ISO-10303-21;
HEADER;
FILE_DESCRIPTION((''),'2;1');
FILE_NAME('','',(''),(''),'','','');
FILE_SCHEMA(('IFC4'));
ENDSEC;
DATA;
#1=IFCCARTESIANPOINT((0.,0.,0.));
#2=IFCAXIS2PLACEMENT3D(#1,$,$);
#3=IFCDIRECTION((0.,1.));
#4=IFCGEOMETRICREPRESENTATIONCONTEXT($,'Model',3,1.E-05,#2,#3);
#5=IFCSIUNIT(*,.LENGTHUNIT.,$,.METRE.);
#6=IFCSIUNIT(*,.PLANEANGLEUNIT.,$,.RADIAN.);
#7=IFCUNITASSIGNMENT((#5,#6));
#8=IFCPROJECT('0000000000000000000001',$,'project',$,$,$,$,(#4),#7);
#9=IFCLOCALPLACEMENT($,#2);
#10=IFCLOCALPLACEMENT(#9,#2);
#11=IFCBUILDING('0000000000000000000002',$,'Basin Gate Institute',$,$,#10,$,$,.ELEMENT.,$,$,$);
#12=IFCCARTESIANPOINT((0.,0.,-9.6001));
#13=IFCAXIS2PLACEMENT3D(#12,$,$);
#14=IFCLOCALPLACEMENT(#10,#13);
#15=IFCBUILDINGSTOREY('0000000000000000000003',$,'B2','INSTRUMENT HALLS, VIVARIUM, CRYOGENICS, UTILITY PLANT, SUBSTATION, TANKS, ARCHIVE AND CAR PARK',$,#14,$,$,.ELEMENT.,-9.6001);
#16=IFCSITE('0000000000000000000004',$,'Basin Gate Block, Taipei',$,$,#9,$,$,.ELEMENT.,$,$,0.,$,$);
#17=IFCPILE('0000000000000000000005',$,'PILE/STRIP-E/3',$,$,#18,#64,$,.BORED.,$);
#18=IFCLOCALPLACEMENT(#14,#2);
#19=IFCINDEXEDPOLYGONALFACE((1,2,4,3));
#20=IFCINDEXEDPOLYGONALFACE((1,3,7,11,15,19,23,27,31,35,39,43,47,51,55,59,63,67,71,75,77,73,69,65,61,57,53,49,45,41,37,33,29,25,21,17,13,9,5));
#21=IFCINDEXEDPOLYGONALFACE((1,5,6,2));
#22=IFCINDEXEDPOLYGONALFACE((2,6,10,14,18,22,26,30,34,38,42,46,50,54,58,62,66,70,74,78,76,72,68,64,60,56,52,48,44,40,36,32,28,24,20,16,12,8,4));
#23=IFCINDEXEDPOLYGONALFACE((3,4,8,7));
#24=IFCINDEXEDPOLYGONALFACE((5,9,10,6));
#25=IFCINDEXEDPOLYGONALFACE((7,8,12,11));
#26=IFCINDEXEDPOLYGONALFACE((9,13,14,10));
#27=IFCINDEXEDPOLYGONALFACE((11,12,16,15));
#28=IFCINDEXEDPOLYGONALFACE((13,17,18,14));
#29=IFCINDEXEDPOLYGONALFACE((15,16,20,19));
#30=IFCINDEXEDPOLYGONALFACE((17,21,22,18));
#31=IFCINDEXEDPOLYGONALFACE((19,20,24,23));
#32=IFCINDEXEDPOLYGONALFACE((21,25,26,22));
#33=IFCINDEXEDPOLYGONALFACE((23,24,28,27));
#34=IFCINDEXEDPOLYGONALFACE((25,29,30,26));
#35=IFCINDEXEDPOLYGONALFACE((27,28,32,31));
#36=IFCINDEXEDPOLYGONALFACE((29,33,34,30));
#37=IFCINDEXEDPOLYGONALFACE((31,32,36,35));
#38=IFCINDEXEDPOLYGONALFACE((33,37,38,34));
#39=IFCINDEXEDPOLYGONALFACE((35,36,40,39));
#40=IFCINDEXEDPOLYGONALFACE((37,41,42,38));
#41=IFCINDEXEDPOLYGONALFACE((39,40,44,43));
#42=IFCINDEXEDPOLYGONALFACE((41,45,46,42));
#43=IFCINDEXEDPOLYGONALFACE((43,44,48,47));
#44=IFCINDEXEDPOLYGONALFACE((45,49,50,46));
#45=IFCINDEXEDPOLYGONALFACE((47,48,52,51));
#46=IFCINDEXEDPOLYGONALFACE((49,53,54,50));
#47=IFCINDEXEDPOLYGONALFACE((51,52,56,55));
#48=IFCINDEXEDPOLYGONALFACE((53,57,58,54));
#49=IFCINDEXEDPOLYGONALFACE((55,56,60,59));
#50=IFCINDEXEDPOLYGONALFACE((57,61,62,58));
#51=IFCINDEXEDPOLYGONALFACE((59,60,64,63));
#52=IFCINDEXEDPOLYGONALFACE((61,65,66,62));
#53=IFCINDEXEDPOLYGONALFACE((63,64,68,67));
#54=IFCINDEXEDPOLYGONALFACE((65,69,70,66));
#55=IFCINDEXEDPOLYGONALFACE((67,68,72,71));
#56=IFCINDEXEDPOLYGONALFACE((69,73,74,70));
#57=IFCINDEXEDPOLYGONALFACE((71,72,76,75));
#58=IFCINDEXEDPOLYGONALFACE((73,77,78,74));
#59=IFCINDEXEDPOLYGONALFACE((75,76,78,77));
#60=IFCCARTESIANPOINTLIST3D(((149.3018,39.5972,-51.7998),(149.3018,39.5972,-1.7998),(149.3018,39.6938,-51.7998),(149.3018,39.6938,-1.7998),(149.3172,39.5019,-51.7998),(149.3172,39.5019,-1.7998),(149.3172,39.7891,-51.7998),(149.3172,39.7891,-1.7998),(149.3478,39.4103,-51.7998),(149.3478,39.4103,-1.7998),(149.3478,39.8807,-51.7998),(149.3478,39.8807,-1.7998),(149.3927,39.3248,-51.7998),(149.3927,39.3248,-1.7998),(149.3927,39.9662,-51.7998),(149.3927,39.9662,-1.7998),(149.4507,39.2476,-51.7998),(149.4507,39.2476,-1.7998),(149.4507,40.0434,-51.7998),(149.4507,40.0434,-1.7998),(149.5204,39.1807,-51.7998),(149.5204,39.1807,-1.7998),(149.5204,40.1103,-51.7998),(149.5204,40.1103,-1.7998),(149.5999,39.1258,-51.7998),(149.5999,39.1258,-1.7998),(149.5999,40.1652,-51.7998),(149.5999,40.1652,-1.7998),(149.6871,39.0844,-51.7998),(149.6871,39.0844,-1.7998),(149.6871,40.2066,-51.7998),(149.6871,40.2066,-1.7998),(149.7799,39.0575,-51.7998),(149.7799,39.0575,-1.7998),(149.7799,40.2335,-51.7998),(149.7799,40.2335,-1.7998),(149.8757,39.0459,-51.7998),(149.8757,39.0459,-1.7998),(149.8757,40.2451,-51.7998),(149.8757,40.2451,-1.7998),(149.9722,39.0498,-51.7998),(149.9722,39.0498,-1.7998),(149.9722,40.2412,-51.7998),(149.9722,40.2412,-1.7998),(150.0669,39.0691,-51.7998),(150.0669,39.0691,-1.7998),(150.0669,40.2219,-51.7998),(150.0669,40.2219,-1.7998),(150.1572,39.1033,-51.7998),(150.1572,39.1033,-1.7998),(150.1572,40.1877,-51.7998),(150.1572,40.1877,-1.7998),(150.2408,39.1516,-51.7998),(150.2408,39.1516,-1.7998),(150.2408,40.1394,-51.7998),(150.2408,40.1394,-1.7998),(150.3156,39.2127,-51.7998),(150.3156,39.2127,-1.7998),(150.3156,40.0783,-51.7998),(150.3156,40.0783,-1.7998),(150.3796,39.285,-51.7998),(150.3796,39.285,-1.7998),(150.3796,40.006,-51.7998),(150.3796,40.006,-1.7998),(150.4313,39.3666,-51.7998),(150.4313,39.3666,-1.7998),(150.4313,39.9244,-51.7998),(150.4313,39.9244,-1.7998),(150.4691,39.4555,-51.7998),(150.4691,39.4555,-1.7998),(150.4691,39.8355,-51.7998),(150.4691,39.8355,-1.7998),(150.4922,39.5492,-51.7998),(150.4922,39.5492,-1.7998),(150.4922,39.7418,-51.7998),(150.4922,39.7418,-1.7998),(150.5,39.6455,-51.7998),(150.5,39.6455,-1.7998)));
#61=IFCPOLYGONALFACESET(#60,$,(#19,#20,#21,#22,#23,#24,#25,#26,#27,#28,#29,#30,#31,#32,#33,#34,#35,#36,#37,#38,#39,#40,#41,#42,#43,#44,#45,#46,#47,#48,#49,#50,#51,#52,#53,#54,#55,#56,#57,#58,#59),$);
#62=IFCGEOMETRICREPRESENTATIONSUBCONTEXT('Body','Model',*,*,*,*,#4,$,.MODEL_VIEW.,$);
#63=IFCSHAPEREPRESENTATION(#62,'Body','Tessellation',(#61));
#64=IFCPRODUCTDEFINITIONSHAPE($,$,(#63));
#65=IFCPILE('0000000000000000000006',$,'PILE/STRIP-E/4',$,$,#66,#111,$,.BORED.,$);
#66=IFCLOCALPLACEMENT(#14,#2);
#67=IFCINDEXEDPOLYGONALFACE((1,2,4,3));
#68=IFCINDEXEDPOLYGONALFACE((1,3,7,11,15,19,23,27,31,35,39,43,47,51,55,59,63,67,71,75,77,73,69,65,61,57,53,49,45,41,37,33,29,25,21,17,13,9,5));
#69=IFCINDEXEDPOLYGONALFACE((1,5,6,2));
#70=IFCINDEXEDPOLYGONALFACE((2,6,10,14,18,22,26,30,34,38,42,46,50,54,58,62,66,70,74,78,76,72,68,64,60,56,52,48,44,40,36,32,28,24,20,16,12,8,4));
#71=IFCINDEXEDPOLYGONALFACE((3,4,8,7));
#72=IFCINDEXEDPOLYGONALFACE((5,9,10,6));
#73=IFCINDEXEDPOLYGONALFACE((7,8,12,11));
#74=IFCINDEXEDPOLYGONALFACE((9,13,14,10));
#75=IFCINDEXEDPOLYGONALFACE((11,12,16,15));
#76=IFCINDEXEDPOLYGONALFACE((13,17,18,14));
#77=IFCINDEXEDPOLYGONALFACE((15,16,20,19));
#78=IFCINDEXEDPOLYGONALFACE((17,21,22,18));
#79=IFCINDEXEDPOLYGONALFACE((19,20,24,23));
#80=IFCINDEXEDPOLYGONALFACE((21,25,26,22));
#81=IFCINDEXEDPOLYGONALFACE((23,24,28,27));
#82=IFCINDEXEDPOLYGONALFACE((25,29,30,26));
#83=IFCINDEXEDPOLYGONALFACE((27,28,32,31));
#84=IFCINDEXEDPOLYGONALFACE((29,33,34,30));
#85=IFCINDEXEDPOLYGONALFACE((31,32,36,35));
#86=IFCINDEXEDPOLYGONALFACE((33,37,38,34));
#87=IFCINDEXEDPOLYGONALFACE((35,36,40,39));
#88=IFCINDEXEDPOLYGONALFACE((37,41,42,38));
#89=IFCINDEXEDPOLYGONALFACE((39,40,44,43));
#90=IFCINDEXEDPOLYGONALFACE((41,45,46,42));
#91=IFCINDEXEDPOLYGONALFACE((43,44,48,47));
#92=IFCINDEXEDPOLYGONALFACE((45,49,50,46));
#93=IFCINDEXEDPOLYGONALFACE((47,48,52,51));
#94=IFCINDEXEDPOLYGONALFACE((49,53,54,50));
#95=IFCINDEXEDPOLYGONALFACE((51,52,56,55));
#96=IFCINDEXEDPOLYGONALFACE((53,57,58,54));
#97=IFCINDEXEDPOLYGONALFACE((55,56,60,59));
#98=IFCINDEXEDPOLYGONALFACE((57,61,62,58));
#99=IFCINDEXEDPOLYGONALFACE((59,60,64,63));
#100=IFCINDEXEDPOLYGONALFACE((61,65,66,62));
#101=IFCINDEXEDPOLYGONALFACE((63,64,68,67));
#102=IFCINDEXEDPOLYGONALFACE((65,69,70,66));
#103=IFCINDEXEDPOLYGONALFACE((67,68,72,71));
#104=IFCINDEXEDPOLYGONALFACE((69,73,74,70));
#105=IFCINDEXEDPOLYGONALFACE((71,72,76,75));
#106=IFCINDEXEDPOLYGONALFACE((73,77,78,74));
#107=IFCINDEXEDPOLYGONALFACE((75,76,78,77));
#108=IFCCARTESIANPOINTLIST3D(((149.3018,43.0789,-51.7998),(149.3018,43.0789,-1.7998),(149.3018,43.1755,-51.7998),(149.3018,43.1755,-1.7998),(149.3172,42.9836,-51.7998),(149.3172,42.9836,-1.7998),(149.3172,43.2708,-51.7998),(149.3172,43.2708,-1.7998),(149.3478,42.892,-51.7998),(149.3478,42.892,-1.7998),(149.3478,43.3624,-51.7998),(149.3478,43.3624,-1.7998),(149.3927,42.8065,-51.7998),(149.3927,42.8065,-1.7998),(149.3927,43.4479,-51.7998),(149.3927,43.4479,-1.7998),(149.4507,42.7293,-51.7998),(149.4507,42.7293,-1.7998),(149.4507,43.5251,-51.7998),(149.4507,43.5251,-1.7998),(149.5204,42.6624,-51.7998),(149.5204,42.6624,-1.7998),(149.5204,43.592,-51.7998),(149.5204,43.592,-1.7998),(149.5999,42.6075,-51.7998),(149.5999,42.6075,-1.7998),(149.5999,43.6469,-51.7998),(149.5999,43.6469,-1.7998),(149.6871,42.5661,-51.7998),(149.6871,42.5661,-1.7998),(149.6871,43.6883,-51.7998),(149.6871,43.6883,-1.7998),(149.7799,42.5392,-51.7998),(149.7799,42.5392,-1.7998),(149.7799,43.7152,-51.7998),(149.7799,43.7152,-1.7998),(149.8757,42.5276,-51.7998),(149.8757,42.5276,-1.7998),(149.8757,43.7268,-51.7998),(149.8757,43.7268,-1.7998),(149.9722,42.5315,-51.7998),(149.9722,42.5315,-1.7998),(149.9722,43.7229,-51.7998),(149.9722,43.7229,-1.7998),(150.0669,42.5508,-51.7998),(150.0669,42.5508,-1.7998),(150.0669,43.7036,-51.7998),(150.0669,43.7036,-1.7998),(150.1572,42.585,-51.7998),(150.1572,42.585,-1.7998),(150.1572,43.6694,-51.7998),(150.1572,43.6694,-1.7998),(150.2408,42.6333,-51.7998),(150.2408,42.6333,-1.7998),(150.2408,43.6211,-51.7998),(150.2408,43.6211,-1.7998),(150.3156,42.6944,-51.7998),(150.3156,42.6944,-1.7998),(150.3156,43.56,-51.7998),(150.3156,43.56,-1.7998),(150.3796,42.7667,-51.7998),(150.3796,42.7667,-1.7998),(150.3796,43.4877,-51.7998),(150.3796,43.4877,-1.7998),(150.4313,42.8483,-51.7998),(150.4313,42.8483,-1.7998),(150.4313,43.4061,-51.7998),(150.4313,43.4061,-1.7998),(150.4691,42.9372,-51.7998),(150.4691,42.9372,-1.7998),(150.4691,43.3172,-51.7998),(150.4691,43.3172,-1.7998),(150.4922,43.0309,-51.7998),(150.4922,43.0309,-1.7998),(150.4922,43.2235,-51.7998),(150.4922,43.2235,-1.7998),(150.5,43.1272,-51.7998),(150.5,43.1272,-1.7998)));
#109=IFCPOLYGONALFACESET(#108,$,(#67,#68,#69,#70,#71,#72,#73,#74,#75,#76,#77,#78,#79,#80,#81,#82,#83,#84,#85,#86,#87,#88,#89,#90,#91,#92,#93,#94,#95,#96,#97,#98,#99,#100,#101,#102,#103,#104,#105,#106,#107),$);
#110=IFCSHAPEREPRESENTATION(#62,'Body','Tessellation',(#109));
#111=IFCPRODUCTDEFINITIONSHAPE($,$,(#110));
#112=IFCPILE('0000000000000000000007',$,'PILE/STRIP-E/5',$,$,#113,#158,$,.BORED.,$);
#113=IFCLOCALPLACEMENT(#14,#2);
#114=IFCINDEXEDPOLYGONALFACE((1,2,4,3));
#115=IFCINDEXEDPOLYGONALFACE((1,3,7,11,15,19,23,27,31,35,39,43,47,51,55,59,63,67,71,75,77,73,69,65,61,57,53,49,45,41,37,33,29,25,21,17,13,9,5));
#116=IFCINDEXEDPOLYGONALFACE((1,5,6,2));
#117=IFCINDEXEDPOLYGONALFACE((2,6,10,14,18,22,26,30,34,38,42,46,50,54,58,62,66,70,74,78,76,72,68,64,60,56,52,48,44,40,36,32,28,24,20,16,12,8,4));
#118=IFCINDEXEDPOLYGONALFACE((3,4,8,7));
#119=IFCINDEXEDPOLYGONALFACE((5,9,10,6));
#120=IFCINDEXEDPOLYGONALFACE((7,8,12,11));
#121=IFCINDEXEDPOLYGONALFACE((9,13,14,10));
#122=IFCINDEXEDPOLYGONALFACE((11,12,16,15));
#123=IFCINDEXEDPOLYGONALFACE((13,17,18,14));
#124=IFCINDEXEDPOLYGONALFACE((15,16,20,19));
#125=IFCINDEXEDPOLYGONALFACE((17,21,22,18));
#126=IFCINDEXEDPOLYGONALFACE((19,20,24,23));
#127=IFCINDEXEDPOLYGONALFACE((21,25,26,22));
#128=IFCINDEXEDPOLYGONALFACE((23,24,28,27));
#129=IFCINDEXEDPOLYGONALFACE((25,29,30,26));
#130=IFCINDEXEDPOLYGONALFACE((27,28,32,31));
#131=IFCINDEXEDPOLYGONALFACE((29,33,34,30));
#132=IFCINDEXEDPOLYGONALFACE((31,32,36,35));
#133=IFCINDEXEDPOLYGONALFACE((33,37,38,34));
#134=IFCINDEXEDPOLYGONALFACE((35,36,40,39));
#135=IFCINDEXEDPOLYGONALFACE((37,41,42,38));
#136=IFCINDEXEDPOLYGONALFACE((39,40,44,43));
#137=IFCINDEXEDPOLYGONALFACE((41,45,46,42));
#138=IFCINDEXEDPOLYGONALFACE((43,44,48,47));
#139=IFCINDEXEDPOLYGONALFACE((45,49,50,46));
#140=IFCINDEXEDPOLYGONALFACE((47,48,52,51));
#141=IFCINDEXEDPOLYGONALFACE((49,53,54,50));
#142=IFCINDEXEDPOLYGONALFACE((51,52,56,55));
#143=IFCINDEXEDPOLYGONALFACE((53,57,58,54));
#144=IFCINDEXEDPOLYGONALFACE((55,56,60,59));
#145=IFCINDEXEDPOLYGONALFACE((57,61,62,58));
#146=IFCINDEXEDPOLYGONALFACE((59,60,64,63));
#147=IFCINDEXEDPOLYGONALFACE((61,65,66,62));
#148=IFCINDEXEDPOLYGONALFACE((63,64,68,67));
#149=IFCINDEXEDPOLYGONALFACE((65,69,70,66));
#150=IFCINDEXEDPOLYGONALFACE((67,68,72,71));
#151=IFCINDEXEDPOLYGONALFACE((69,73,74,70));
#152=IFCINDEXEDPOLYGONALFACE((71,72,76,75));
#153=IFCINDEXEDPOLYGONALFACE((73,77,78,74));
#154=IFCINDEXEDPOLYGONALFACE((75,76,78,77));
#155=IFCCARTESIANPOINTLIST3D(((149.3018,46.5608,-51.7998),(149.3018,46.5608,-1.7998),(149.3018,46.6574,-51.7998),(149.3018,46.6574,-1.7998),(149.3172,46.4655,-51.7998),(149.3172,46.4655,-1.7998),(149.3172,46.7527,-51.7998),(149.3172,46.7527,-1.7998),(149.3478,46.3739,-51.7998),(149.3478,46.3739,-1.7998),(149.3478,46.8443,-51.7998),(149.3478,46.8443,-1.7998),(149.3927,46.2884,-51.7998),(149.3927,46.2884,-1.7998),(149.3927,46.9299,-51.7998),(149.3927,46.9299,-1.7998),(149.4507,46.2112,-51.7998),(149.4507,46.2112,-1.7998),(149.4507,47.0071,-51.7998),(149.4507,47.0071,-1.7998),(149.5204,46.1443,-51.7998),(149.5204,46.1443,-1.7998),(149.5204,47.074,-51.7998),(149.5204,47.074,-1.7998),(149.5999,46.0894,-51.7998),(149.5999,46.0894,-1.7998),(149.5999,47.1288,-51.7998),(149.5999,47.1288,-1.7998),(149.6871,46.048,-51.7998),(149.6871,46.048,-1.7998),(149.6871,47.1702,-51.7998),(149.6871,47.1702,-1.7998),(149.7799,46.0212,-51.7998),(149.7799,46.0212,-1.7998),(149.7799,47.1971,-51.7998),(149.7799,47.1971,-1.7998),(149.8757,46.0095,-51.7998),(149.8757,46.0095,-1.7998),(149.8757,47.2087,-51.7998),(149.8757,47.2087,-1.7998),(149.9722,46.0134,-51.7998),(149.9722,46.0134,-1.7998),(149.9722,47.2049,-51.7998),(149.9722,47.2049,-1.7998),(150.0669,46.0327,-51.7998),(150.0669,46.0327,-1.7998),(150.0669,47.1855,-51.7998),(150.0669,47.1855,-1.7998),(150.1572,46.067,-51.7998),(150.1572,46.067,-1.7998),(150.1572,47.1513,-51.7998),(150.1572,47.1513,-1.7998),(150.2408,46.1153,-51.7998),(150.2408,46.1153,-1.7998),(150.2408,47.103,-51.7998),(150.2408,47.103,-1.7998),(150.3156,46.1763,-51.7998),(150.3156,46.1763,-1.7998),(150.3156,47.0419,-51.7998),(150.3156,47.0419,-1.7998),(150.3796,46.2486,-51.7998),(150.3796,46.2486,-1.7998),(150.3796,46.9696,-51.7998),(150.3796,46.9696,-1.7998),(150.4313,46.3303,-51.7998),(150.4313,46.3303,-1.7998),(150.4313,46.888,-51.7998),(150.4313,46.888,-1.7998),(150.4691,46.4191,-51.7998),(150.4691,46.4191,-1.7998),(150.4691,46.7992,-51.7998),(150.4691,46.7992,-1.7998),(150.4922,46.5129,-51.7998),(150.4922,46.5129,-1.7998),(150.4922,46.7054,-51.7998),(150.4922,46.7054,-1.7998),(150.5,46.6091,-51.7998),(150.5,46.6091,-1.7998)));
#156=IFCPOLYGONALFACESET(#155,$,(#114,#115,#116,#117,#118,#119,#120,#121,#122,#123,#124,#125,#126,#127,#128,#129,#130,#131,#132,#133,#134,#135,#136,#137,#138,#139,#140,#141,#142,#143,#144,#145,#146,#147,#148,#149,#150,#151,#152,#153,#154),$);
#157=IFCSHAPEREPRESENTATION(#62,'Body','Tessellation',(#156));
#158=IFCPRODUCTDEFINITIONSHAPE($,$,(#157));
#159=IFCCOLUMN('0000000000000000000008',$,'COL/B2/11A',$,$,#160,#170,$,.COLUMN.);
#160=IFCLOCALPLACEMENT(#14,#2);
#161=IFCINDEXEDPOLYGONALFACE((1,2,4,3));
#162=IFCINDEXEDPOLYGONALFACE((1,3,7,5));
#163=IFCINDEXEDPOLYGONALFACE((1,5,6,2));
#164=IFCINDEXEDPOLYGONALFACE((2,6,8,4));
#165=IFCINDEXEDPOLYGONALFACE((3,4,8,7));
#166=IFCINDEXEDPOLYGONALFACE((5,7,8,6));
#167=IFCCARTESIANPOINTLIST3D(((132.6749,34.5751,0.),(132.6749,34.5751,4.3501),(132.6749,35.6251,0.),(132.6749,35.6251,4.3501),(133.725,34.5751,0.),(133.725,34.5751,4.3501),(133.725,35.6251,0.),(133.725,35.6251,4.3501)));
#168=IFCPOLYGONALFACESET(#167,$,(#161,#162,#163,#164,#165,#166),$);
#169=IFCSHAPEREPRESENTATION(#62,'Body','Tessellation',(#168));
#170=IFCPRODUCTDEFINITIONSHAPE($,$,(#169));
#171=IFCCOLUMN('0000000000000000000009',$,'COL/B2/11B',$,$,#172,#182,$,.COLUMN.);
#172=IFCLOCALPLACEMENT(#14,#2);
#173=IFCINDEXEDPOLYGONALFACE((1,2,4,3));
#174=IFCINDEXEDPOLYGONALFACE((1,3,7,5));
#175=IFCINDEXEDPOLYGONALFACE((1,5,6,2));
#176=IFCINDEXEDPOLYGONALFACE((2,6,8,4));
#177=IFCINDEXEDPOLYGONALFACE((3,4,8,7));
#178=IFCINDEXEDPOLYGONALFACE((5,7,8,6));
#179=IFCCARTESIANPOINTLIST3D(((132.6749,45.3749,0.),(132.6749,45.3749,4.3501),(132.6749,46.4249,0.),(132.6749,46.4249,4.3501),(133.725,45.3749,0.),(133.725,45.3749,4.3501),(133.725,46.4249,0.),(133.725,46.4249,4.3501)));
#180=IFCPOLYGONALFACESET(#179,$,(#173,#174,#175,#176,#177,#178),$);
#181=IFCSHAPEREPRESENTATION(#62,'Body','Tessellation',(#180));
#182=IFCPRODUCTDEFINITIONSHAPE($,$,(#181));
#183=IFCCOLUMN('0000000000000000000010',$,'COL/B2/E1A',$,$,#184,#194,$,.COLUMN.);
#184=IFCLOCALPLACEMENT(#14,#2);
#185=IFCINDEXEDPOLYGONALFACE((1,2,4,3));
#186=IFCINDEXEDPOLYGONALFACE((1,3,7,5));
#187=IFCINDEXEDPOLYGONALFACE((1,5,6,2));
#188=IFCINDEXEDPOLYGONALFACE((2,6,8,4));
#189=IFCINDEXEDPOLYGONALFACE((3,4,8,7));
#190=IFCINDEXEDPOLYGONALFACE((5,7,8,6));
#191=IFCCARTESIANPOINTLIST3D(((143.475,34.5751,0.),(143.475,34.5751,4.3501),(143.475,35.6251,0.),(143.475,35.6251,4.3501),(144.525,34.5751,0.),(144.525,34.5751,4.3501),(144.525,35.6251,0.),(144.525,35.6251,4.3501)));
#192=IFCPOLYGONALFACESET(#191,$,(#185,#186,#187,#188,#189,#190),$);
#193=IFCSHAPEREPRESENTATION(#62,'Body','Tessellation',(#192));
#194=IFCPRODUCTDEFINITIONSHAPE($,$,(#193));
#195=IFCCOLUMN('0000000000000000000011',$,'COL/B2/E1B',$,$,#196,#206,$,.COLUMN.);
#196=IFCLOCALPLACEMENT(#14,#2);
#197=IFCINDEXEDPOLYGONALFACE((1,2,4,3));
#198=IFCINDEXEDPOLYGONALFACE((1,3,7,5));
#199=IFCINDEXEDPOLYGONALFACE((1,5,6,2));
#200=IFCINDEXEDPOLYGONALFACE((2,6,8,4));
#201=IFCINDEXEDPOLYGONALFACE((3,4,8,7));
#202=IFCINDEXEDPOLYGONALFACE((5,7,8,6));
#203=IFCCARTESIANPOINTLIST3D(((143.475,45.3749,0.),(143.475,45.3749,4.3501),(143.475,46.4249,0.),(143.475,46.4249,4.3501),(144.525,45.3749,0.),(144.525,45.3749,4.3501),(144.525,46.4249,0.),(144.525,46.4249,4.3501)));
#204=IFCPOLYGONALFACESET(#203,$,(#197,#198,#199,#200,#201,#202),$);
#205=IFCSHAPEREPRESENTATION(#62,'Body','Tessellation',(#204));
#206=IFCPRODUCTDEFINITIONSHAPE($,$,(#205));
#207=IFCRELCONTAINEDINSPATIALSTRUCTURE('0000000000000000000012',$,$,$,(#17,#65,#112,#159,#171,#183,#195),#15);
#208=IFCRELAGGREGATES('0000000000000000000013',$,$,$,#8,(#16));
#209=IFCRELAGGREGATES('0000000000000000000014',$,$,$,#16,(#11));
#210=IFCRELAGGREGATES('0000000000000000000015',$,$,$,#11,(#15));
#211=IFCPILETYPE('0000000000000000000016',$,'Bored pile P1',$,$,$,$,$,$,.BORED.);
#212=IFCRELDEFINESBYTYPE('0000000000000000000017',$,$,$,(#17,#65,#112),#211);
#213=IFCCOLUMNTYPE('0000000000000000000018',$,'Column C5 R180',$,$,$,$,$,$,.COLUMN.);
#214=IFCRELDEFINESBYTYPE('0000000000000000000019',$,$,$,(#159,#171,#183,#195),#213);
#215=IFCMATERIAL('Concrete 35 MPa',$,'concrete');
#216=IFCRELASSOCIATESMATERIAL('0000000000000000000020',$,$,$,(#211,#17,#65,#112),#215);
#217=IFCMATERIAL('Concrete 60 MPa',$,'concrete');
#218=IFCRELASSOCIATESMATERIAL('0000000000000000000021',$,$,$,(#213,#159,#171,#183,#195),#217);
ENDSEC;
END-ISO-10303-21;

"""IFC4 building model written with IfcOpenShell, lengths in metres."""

from ifc_helpers import new_model, si_unit, direction, frame, origin, origin_2d, place, context, subcontext, project, spatial, rectangle, circle, extrude, material, material_profile, profile_set, type_object, element, save


model = new_model("IFC4")

# Units and contexts
model_context = context("Model", 3, precision=1e-05, world=origin(), true_north=direction((0.0, 1.0)))
body_context = subcontext(model_context, "Body", "Model", "MODEL_VIEW")
ifc_project = project(units=[si_unit("LENGTHUNIT", "METRE"), si_unit("PLANEANGLEUNIT", "RADIAN")], contexts=[model_context])

# Site, building, storey
site_placement = place(None, origin())
site = spatial("IfcSite", under=ifc_project, at=site_placement, Name="Basin Gate Block, Taipei", CompositionType="ELEMENT", RefElevation=0.0)
building_placement = place(site_placement, origin())
building = spatial("IfcBuilding", under=site, at=building_placement, Name="Basin Gate Institute", CompositionType="ELEMENT")
storey_placement = place(building_placement, frame((0.0, 0.0, -9.6001)))
storey = spatial("IfcBuildingStorey", under=building, at=storey_placement, Name="B2", Description="INSTRUMENT HALLS, VIVARIUM, CRYOGENICS, UTILITY PLANT, SUBSTATION, TANKS, ARCHIVE AND CAR PARK", CompositionType="ELEMENT", Elevation=-9.6001)

# Piles
ifc_material_1 = material(Name="Concrete 35 MPa", Category="concrete")
ifc_material_profile_1 = material_profile(ifc_material_1, circle(Radius=0.6001, at=origin_2d()), Name="Bored pile P1 1200 dia")
ifc_profile_set_1 = profile_set([ifc_material_profile_1], Name="Concrete 35 MPa")
pile_type = type_object("IfcPileType", Name="Bored pile P1", PredefinedType="BORED", material=ifc_profile_set_1)
for number, where, z_axis, x_axis, name in (
    (1, (149.8999, 39.6455, -1.7998), (0.0, 0.0, -1.0), (1.0, 0.0, 0.0), "PILE/STRIP-E/3"),
    (2, (149.8999, 43.1272, -1.7998), (0.0, 0.0, -1.0), (1.0, 0.0, 0.0), "PILE/STRIP-E/4"),
    (3, (149.8999, 46.6091, -1.7998), (0.0, 0.0, -1.0), (1.0, 0.0, 0.0), "PILE/STRIP-E/5"),
):
    element("IfcPile", number, at=place(storey_placement, frame(where, z_axis=z_axis, x_axis=x_axis)), inside=storey, type_object=pile_type, material=ifc_profile_set_1, Name=name, PredefinedType="BORED", context=body_context, shape_type="SweptSolid", body=[
        extrude(circle(Radius=0.6001, at=origin_2d()), origin(), (0.0, 0.0, 1.0), 50.0),
    ])

# Columns
ifc_material_2 = material(Name="Concrete 60 MPa", Category="concrete")
ifc_material_profile_2 = material_profile(ifc_material_2, rectangle(XDim=1.05, YDim=1.05, at=origin_2d()), Name="Column C5 1050 x 1050")
ifc_profile_set_2 = profile_set([ifc_material_profile_2], Name="Concrete 60 MPa")
column_type = type_object("IfcColumnType", Name="Column C5 R180", PredefinedType="COLUMN", material=ifc_profile_set_2)
for number, where, z_axis, x_axis, name in (
    (4, (133.2, 35.1001, 0.0), (0.0, 0.0, 1.0), (1.0, 0.0, 0.0), "COL/B2/11A"),
    (5, (133.2, 45.8999, 0.0), (0.0, 0.0, 1.0), (1.0, 0.0, 0.0), "COL/B2/11B"),
    (6, (144.0, 35.1001, 0.0), (0.0, 0.0, 1.0), (1.0, 0.0, 0.0), "COL/B2/E1A"),
    (7, (144.0, 45.8999, 0.0), (0.0, 0.0, 1.0), (1.0, 0.0, 0.0), "COL/B2/E1B"),
):
    element("IfcColumn", number, at=place(storey_placement, frame(where, z_axis=z_axis, x_axis=x_axis)), inside=storey, type_object=column_type, material=ifc_profile_set_2, Name=name, PredefinedType="COLUMN", context=body_context, shape_type="SweptSolid", body=[
        extrude(rectangle(XDim=1.05, YDim=1.05, at=origin_2d()), origin(), (0.0, 0.0, 1.0), 4.3501),
    ])

save(model, "model.ifc")
